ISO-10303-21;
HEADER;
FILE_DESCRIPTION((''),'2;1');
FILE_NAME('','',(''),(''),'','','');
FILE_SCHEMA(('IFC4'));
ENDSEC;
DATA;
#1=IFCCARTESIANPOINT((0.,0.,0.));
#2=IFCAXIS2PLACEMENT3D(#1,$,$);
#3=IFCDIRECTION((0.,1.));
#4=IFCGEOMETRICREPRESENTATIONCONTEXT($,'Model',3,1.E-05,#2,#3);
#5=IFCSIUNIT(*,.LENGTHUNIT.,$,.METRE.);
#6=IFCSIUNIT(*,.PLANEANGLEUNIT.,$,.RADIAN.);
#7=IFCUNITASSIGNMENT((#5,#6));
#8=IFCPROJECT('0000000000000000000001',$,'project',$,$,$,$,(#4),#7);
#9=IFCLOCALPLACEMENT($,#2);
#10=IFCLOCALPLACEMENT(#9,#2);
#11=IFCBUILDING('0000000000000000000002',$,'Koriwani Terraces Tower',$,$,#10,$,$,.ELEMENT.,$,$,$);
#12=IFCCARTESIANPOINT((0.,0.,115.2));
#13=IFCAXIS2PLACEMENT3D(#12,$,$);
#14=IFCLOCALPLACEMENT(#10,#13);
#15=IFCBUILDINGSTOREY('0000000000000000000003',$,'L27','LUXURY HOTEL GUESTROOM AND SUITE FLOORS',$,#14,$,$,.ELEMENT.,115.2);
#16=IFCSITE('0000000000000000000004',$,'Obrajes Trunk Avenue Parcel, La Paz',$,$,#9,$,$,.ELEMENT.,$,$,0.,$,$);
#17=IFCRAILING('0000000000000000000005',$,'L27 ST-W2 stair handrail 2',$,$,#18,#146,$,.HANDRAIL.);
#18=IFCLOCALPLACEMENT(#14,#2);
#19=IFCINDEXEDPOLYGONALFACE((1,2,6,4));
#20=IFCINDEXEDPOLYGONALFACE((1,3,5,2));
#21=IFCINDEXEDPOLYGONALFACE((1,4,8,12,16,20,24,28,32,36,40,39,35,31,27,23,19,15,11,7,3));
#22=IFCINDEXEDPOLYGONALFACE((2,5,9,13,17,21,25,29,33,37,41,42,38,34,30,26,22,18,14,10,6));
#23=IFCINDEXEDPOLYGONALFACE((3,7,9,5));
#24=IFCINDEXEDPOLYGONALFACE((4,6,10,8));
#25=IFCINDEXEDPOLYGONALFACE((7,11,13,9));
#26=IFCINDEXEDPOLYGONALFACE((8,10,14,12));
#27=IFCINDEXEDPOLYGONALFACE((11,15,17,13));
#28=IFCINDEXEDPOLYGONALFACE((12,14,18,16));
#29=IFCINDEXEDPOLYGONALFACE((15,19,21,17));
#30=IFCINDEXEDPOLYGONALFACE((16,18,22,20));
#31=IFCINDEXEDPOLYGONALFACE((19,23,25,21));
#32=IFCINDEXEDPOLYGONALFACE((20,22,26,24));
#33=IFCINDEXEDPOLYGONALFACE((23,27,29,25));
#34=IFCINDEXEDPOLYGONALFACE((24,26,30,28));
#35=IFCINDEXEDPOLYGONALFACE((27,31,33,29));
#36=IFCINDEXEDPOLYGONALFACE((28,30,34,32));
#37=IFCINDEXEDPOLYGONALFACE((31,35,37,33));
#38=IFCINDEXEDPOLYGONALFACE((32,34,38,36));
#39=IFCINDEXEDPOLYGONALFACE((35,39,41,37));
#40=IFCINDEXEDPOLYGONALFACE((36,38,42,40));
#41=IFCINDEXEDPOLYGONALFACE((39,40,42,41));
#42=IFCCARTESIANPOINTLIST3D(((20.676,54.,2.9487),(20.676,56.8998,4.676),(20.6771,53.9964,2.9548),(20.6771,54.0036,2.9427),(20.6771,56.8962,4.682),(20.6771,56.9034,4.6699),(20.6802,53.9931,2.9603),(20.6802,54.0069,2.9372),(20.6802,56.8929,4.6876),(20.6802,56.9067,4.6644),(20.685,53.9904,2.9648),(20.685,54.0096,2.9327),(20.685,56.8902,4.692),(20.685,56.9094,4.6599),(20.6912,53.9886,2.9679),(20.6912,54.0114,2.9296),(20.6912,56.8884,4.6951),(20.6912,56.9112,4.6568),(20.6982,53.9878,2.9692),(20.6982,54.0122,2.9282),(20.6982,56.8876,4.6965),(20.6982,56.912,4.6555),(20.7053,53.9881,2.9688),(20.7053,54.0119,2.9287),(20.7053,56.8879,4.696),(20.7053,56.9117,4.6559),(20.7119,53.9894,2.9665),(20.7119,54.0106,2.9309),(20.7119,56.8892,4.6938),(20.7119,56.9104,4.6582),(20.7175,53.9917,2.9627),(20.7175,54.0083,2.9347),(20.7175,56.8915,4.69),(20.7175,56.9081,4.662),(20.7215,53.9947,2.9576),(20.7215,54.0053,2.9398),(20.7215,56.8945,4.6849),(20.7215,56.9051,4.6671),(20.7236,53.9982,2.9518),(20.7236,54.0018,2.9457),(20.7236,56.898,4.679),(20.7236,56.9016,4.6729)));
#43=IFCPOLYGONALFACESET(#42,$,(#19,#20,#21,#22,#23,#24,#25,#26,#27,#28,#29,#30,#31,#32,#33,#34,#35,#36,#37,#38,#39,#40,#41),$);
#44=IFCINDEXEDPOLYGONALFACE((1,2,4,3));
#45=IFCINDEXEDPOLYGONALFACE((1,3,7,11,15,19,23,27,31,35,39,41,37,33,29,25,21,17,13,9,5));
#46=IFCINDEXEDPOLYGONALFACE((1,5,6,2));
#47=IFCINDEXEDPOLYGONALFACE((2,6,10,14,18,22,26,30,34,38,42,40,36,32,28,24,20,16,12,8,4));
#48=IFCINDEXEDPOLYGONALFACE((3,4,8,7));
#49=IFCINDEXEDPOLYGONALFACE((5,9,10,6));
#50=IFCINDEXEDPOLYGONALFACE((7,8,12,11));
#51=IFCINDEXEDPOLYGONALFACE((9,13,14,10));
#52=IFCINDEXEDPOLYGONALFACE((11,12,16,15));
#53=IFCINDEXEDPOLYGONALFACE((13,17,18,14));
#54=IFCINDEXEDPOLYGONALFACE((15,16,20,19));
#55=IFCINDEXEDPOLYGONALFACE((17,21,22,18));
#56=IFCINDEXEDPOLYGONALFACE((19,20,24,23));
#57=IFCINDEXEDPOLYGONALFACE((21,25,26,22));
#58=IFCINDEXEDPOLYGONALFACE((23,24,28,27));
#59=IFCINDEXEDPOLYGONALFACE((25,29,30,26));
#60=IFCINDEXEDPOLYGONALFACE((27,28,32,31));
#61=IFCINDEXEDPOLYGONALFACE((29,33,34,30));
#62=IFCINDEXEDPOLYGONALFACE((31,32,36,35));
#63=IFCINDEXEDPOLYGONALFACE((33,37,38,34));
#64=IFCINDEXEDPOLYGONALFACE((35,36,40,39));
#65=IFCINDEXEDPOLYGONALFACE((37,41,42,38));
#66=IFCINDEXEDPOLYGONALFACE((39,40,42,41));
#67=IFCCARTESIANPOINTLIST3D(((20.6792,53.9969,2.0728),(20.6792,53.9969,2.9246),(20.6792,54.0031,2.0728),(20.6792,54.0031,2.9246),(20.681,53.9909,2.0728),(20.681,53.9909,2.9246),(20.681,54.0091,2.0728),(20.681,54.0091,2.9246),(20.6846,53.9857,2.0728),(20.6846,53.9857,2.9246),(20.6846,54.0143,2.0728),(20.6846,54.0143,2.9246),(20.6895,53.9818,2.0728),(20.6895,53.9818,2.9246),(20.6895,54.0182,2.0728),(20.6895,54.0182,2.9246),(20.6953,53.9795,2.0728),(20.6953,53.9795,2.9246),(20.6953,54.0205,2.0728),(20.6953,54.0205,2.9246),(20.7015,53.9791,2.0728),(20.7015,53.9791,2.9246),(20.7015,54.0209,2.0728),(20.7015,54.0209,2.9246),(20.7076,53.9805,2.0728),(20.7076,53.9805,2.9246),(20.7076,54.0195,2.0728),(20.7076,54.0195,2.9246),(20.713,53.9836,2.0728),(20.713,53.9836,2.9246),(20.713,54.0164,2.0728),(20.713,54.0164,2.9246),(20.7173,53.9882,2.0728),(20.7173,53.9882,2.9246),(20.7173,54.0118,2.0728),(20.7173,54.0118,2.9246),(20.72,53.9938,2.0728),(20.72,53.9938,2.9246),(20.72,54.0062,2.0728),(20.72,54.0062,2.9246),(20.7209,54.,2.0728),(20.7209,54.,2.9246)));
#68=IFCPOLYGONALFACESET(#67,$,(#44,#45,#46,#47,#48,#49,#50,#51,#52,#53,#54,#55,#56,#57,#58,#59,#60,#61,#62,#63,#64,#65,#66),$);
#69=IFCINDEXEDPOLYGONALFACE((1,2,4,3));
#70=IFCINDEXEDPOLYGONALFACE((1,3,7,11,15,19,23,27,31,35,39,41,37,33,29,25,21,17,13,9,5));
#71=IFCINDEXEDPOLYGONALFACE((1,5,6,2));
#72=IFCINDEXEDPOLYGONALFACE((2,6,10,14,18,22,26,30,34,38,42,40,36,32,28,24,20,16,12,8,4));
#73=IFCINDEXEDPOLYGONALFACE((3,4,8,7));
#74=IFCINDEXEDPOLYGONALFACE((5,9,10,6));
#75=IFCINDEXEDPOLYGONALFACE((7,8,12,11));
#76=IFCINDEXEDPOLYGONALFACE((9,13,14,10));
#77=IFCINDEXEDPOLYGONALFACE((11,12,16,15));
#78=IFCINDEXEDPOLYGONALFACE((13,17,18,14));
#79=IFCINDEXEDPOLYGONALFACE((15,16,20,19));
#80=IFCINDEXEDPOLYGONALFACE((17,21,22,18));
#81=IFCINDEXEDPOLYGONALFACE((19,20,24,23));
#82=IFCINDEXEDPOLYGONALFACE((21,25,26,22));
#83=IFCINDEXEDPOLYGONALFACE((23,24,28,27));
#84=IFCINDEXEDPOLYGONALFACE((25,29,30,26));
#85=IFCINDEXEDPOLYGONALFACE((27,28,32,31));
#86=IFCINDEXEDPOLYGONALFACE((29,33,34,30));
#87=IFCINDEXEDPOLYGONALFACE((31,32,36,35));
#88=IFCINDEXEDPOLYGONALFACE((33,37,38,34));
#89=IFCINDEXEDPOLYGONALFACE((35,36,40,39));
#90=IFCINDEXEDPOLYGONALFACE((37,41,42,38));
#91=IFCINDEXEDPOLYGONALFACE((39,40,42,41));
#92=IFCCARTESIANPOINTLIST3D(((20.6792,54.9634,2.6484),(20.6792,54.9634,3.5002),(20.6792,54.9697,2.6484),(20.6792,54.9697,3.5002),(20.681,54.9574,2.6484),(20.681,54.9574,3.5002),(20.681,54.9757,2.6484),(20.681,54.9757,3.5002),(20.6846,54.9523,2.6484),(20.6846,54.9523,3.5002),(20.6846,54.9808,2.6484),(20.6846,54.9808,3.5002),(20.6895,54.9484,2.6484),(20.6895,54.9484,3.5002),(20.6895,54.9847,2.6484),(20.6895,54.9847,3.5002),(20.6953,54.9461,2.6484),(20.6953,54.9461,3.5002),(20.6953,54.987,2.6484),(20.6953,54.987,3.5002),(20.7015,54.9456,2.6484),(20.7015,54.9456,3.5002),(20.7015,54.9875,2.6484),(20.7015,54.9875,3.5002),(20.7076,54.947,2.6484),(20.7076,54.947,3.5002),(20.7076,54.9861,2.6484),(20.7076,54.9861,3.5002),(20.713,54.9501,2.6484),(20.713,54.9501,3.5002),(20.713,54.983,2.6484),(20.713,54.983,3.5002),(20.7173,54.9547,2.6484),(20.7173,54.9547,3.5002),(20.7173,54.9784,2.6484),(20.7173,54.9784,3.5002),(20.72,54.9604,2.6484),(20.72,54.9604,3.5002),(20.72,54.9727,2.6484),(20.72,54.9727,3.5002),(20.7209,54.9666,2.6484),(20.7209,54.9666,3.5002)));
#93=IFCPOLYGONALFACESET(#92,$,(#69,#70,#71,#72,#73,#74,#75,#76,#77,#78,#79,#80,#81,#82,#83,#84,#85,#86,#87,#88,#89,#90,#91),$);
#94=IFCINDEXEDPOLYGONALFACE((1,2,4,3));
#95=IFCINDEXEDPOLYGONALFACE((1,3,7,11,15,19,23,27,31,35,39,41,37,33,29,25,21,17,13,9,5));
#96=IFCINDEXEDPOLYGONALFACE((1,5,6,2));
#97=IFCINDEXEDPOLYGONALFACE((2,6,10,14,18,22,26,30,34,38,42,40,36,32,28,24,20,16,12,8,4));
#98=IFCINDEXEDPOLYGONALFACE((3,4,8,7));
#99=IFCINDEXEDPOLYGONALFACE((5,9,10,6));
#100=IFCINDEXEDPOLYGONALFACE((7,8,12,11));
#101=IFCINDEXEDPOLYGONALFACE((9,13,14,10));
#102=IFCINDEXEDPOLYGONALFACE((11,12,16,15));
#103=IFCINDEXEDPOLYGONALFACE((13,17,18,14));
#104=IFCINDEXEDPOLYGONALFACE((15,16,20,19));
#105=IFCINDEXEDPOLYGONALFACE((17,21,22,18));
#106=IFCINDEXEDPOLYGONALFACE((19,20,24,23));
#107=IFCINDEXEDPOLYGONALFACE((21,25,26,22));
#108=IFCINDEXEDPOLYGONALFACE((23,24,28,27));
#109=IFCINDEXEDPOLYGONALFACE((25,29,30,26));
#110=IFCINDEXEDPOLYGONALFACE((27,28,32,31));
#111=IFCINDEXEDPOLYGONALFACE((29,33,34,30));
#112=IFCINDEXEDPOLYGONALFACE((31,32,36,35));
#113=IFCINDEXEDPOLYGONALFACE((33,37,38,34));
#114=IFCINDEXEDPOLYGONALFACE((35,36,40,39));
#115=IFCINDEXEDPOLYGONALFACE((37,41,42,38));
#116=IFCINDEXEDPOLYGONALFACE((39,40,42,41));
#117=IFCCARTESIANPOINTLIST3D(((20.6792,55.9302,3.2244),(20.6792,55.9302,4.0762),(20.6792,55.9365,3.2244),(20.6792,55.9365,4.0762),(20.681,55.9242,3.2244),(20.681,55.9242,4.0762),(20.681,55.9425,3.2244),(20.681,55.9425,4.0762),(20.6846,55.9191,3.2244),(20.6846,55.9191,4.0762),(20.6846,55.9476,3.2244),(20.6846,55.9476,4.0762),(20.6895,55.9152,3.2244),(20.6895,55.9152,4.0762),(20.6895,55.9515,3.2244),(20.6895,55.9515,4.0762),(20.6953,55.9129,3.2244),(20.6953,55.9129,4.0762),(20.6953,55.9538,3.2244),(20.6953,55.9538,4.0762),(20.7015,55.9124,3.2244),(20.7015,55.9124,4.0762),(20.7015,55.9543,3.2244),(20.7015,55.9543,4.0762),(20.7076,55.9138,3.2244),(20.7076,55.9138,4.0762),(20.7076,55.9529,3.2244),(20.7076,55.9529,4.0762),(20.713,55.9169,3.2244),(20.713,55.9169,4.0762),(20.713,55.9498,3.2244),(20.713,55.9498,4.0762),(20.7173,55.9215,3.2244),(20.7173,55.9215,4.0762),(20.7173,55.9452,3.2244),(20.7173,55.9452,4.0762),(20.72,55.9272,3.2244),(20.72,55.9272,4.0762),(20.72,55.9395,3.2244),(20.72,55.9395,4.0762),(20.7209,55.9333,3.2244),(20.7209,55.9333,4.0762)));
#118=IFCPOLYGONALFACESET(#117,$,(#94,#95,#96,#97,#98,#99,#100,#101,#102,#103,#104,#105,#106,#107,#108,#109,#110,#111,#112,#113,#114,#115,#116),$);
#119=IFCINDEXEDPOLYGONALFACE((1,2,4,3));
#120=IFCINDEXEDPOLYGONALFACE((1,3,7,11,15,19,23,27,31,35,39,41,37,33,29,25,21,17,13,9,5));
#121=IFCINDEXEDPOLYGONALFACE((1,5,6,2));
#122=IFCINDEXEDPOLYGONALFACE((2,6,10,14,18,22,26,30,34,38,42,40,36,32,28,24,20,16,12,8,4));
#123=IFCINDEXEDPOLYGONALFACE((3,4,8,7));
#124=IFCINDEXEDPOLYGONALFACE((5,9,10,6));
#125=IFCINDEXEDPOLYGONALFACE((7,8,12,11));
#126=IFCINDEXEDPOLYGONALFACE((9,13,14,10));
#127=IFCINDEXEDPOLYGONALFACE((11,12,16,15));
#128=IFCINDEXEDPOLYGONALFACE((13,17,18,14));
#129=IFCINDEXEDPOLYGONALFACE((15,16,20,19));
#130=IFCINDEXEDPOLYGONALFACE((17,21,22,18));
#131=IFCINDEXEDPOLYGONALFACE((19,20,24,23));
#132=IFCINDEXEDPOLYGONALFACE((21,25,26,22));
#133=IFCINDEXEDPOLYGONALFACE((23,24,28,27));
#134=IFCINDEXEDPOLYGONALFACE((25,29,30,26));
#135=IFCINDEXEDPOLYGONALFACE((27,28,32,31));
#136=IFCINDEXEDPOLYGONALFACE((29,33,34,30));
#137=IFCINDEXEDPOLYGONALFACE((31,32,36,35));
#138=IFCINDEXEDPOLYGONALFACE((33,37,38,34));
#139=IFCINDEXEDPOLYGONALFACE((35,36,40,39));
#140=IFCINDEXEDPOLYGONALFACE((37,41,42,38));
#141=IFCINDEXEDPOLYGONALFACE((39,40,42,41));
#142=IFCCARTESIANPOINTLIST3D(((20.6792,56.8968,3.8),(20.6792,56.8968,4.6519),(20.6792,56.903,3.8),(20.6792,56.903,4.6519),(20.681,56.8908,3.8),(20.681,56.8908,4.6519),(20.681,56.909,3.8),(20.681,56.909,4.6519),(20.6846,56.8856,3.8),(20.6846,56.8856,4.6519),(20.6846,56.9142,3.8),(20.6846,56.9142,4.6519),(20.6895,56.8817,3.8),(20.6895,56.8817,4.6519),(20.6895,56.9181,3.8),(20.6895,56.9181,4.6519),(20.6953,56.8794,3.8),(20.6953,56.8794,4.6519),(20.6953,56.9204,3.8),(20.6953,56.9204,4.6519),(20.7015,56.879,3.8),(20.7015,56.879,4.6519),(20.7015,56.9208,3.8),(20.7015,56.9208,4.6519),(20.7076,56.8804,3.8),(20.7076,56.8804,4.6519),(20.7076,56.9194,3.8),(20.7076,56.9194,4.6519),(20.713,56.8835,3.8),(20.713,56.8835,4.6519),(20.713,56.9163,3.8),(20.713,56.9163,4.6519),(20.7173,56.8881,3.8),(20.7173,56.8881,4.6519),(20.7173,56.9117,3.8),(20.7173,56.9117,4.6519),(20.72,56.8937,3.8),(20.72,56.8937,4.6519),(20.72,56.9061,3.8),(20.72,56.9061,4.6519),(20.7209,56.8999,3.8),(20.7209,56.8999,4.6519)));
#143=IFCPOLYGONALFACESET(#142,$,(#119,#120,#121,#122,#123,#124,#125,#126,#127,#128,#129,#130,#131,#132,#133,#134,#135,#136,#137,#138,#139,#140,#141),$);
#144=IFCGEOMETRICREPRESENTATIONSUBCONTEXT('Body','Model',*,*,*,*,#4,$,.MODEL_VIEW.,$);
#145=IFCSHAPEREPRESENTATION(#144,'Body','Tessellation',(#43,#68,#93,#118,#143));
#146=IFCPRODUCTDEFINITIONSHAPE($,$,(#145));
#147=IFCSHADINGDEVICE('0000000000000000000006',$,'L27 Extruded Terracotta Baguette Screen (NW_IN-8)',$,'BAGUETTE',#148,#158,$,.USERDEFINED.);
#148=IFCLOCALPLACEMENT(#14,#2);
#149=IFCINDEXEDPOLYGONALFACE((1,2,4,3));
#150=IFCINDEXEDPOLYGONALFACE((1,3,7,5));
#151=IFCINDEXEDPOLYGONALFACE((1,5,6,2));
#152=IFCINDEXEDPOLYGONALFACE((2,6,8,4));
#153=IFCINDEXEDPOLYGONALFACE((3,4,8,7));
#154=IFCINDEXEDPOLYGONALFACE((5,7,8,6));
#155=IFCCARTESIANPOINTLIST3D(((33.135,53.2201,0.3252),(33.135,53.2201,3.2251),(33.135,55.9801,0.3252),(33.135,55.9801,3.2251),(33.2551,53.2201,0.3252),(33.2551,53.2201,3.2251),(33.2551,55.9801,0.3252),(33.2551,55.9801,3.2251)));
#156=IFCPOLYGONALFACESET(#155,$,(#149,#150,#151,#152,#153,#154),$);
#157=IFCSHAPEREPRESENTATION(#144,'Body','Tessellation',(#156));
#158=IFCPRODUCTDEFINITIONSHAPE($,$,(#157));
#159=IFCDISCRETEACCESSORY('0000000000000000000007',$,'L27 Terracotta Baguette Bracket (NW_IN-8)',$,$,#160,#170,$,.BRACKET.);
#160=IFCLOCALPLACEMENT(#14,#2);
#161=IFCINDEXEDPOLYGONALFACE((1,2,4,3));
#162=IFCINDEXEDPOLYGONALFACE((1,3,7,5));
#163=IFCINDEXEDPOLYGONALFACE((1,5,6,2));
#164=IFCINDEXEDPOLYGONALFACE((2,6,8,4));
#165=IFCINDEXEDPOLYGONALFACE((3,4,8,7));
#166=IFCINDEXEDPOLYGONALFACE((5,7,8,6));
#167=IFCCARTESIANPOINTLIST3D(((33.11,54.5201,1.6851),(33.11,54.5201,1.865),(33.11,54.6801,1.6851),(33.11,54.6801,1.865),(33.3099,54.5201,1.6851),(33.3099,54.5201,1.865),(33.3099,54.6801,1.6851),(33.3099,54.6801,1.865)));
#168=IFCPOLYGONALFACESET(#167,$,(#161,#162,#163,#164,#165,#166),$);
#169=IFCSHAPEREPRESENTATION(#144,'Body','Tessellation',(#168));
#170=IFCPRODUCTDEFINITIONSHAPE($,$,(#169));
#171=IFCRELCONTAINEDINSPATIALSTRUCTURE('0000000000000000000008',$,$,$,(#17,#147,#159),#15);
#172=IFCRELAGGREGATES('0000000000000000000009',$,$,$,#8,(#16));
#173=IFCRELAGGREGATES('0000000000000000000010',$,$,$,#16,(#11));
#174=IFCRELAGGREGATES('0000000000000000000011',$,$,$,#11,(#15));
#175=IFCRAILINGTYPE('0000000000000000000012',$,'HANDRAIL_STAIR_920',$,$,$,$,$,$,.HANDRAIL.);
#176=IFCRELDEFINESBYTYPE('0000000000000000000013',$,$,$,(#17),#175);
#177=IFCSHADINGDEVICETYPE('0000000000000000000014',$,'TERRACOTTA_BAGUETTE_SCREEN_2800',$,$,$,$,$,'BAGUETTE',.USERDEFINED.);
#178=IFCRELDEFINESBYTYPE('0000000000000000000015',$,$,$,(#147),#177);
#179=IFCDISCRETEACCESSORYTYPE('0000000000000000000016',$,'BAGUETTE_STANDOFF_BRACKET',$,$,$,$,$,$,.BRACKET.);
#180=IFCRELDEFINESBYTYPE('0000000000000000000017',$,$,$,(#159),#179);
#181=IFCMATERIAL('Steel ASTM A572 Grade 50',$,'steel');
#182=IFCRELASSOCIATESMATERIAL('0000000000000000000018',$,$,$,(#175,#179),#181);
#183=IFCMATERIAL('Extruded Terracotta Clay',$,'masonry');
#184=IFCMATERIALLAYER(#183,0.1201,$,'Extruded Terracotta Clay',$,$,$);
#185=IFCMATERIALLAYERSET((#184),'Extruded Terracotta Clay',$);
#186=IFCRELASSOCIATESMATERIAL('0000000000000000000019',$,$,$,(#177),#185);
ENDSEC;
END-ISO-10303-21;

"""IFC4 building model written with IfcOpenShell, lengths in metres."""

from ifc_helpers import new_model, si_unit, direction, frame, origin, origin_2d, place, context, subcontext, project, spatial, rectangle, circle, extrude, material, layer, layer_set, type_object, element, save


model = new_model("IFC4")

# Units and contexts
model_context = context("Model", 3, precision=1e-05, world=origin(), true_north=direction((0.0, 1.0)))
body_context = subcontext(model_context, "Body", "Model", "MODEL_VIEW")
ifc_project = project(units=[si_unit("LENGTHUNIT", "METRE"), si_unit("PLANEANGLEUNIT", "RADIAN")], contexts=[model_context])

# Site, building, storey
site_placement = place(None, origin())
site = spatial("IfcSite", under=ifc_project, at=site_placement, Name="Obrajes Trunk Avenue Parcel, La Paz", CompositionType="ELEMENT", RefElevation=0.0)
building_placement = place(site_placement, origin())
building = spatial("IfcBuilding", under=site, at=building_placement, Name="Koriwani Terraces Tower", CompositionType="ELEMENT")
storey_placement = place(building_placement, frame((0.0, 0.0, 115.2)))
storey = spatial("IfcBuildingStorey", under=building, at=storey_placement, Name="L27", Description="LUXURY HOTEL GUESTROOM AND SUITE FLOORS", CompositionType="ELEMENT", Elevation=115.2)

# Shared definitions
ifc_material_1 = material(Name="Steel ASTM A572 Grade 50", Category="steel")

# Railing
railing_type_1 = type_object("IfcRailingType", Name="HANDRAIL_STAIR_920", PredefinedType="HANDRAIL", material=ifc_material_1)
railing_1_placement = place(storey_placement, frame((20.7, 54.0, 2.0728)))
element("IfcRailing", 1, at=railing_1_placement, inside=storey, type_object=railing_type_1, Name="L27 ST-W2 stair handrail 2", PredefinedType="HANDRAIL", context=body_context, shape_type="SweptSolid", body=[
    extrude(circle(Radius=0.0239, at=origin_2d()), frame((0.0, 0.0, 0.876), z_axis=(0.0, 0.859141, 0.511738), x_axis=(-1.0, 0.0, 0.0)), (0.0, 0.0, 1.0), 3.3752),
    extrude(circle(Radius=0.021, at=origin_2d()), origin(), (0.0, 0.0, 1.0), 0.8518),
    extrude(circle(Radius=0.021, at=origin_2d()), frame((0.0, 0.9666, 0.5757)), (0.0, 0.0, 1.0), 0.8518),
    extrude(circle(Radius=0.021, at=origin_2d()), frame((0.0, 1.9333, 1.1516)), (0.0, 0.0, 1.0), 0.8518),
    extrude(circle(Radius=0.021, at=origin_2d()), frame((0.0, 2.8999, 1.7273)), (0.0, 0.0, 1.0), 0.8518),
])

# Shading device
ifc_material_2 = material(Name="Extruded Terracotta Clay", Category="masonry")
ifc_layer_1 = layer(ifc_material_2, 0.1201, Name="Extruded Terracotta Clay")
ifc_layer_set_1 = layer_set([ifc_layer_1], Name="Extruded Terracotta Clay")
shading_device_type = type_object("IfcShadingDeviceType", Name="TERRACOTTA_BAGUETTE_SCREEN_2800", ElementType="BAGUETTE", PredefinedType="USERDEFINED", material=ifc_layer_set_1)
shading_device_placement = place(storey_placement, frame((33.1951, 54.6001, 0.3252), z_axis=(0.0, 0.0, 1.0), x_axis=(0.0, -1.0, 0.0)))
element("IfcShadingDevice", 2, at=shading_device_placement, inside=storey, type_object=shading_device_type, Name="L27 Extruded Terracotta Baguette Screen (NW_IN-8)", ObjectType="BAGUETTE", PredefinedType="USERDEFINED", context=body_context, shape_type="SweptSolid", body=[
    extrude(rectangle(XDim=2.76, YDim=0.1201, at=origin_2d()), origin(), (0.0, 0.0, 1.0), 2.8999),
])

# Discrete accessory
discrete_accessory_type = type_object("IfcDiscreteAccessoryType", Name="BAGUETTE_STANDOFF_BRACKET", PredefinedType="BRACKET", material=ifc_material_1)
discrete_accessory_placement = place(storey_placement, frame((33.21, 54.6001, 1.6851), z_axis=(0.0, 0.0, 1.0), x_axis=(0.0, -1.0, 0.0)))
element("IfcDiscreteAccessory", 3, at=discrete_accessory_placement, inside=storey, type_object=discrete_accessory_type, Name="L27 Terracotta Baguette Bracket (NW_IN-8)", PredefinedType="BRACKET", context=body_context, shape_type="SweptSolid", body=[
    extrude(rectangle(XDim=0.1599, YDim=0.2, at=origin_2d()), origin(), (0.0, 0.0, 1.0), 0.1799),
])

save(model, "model.ifc")
